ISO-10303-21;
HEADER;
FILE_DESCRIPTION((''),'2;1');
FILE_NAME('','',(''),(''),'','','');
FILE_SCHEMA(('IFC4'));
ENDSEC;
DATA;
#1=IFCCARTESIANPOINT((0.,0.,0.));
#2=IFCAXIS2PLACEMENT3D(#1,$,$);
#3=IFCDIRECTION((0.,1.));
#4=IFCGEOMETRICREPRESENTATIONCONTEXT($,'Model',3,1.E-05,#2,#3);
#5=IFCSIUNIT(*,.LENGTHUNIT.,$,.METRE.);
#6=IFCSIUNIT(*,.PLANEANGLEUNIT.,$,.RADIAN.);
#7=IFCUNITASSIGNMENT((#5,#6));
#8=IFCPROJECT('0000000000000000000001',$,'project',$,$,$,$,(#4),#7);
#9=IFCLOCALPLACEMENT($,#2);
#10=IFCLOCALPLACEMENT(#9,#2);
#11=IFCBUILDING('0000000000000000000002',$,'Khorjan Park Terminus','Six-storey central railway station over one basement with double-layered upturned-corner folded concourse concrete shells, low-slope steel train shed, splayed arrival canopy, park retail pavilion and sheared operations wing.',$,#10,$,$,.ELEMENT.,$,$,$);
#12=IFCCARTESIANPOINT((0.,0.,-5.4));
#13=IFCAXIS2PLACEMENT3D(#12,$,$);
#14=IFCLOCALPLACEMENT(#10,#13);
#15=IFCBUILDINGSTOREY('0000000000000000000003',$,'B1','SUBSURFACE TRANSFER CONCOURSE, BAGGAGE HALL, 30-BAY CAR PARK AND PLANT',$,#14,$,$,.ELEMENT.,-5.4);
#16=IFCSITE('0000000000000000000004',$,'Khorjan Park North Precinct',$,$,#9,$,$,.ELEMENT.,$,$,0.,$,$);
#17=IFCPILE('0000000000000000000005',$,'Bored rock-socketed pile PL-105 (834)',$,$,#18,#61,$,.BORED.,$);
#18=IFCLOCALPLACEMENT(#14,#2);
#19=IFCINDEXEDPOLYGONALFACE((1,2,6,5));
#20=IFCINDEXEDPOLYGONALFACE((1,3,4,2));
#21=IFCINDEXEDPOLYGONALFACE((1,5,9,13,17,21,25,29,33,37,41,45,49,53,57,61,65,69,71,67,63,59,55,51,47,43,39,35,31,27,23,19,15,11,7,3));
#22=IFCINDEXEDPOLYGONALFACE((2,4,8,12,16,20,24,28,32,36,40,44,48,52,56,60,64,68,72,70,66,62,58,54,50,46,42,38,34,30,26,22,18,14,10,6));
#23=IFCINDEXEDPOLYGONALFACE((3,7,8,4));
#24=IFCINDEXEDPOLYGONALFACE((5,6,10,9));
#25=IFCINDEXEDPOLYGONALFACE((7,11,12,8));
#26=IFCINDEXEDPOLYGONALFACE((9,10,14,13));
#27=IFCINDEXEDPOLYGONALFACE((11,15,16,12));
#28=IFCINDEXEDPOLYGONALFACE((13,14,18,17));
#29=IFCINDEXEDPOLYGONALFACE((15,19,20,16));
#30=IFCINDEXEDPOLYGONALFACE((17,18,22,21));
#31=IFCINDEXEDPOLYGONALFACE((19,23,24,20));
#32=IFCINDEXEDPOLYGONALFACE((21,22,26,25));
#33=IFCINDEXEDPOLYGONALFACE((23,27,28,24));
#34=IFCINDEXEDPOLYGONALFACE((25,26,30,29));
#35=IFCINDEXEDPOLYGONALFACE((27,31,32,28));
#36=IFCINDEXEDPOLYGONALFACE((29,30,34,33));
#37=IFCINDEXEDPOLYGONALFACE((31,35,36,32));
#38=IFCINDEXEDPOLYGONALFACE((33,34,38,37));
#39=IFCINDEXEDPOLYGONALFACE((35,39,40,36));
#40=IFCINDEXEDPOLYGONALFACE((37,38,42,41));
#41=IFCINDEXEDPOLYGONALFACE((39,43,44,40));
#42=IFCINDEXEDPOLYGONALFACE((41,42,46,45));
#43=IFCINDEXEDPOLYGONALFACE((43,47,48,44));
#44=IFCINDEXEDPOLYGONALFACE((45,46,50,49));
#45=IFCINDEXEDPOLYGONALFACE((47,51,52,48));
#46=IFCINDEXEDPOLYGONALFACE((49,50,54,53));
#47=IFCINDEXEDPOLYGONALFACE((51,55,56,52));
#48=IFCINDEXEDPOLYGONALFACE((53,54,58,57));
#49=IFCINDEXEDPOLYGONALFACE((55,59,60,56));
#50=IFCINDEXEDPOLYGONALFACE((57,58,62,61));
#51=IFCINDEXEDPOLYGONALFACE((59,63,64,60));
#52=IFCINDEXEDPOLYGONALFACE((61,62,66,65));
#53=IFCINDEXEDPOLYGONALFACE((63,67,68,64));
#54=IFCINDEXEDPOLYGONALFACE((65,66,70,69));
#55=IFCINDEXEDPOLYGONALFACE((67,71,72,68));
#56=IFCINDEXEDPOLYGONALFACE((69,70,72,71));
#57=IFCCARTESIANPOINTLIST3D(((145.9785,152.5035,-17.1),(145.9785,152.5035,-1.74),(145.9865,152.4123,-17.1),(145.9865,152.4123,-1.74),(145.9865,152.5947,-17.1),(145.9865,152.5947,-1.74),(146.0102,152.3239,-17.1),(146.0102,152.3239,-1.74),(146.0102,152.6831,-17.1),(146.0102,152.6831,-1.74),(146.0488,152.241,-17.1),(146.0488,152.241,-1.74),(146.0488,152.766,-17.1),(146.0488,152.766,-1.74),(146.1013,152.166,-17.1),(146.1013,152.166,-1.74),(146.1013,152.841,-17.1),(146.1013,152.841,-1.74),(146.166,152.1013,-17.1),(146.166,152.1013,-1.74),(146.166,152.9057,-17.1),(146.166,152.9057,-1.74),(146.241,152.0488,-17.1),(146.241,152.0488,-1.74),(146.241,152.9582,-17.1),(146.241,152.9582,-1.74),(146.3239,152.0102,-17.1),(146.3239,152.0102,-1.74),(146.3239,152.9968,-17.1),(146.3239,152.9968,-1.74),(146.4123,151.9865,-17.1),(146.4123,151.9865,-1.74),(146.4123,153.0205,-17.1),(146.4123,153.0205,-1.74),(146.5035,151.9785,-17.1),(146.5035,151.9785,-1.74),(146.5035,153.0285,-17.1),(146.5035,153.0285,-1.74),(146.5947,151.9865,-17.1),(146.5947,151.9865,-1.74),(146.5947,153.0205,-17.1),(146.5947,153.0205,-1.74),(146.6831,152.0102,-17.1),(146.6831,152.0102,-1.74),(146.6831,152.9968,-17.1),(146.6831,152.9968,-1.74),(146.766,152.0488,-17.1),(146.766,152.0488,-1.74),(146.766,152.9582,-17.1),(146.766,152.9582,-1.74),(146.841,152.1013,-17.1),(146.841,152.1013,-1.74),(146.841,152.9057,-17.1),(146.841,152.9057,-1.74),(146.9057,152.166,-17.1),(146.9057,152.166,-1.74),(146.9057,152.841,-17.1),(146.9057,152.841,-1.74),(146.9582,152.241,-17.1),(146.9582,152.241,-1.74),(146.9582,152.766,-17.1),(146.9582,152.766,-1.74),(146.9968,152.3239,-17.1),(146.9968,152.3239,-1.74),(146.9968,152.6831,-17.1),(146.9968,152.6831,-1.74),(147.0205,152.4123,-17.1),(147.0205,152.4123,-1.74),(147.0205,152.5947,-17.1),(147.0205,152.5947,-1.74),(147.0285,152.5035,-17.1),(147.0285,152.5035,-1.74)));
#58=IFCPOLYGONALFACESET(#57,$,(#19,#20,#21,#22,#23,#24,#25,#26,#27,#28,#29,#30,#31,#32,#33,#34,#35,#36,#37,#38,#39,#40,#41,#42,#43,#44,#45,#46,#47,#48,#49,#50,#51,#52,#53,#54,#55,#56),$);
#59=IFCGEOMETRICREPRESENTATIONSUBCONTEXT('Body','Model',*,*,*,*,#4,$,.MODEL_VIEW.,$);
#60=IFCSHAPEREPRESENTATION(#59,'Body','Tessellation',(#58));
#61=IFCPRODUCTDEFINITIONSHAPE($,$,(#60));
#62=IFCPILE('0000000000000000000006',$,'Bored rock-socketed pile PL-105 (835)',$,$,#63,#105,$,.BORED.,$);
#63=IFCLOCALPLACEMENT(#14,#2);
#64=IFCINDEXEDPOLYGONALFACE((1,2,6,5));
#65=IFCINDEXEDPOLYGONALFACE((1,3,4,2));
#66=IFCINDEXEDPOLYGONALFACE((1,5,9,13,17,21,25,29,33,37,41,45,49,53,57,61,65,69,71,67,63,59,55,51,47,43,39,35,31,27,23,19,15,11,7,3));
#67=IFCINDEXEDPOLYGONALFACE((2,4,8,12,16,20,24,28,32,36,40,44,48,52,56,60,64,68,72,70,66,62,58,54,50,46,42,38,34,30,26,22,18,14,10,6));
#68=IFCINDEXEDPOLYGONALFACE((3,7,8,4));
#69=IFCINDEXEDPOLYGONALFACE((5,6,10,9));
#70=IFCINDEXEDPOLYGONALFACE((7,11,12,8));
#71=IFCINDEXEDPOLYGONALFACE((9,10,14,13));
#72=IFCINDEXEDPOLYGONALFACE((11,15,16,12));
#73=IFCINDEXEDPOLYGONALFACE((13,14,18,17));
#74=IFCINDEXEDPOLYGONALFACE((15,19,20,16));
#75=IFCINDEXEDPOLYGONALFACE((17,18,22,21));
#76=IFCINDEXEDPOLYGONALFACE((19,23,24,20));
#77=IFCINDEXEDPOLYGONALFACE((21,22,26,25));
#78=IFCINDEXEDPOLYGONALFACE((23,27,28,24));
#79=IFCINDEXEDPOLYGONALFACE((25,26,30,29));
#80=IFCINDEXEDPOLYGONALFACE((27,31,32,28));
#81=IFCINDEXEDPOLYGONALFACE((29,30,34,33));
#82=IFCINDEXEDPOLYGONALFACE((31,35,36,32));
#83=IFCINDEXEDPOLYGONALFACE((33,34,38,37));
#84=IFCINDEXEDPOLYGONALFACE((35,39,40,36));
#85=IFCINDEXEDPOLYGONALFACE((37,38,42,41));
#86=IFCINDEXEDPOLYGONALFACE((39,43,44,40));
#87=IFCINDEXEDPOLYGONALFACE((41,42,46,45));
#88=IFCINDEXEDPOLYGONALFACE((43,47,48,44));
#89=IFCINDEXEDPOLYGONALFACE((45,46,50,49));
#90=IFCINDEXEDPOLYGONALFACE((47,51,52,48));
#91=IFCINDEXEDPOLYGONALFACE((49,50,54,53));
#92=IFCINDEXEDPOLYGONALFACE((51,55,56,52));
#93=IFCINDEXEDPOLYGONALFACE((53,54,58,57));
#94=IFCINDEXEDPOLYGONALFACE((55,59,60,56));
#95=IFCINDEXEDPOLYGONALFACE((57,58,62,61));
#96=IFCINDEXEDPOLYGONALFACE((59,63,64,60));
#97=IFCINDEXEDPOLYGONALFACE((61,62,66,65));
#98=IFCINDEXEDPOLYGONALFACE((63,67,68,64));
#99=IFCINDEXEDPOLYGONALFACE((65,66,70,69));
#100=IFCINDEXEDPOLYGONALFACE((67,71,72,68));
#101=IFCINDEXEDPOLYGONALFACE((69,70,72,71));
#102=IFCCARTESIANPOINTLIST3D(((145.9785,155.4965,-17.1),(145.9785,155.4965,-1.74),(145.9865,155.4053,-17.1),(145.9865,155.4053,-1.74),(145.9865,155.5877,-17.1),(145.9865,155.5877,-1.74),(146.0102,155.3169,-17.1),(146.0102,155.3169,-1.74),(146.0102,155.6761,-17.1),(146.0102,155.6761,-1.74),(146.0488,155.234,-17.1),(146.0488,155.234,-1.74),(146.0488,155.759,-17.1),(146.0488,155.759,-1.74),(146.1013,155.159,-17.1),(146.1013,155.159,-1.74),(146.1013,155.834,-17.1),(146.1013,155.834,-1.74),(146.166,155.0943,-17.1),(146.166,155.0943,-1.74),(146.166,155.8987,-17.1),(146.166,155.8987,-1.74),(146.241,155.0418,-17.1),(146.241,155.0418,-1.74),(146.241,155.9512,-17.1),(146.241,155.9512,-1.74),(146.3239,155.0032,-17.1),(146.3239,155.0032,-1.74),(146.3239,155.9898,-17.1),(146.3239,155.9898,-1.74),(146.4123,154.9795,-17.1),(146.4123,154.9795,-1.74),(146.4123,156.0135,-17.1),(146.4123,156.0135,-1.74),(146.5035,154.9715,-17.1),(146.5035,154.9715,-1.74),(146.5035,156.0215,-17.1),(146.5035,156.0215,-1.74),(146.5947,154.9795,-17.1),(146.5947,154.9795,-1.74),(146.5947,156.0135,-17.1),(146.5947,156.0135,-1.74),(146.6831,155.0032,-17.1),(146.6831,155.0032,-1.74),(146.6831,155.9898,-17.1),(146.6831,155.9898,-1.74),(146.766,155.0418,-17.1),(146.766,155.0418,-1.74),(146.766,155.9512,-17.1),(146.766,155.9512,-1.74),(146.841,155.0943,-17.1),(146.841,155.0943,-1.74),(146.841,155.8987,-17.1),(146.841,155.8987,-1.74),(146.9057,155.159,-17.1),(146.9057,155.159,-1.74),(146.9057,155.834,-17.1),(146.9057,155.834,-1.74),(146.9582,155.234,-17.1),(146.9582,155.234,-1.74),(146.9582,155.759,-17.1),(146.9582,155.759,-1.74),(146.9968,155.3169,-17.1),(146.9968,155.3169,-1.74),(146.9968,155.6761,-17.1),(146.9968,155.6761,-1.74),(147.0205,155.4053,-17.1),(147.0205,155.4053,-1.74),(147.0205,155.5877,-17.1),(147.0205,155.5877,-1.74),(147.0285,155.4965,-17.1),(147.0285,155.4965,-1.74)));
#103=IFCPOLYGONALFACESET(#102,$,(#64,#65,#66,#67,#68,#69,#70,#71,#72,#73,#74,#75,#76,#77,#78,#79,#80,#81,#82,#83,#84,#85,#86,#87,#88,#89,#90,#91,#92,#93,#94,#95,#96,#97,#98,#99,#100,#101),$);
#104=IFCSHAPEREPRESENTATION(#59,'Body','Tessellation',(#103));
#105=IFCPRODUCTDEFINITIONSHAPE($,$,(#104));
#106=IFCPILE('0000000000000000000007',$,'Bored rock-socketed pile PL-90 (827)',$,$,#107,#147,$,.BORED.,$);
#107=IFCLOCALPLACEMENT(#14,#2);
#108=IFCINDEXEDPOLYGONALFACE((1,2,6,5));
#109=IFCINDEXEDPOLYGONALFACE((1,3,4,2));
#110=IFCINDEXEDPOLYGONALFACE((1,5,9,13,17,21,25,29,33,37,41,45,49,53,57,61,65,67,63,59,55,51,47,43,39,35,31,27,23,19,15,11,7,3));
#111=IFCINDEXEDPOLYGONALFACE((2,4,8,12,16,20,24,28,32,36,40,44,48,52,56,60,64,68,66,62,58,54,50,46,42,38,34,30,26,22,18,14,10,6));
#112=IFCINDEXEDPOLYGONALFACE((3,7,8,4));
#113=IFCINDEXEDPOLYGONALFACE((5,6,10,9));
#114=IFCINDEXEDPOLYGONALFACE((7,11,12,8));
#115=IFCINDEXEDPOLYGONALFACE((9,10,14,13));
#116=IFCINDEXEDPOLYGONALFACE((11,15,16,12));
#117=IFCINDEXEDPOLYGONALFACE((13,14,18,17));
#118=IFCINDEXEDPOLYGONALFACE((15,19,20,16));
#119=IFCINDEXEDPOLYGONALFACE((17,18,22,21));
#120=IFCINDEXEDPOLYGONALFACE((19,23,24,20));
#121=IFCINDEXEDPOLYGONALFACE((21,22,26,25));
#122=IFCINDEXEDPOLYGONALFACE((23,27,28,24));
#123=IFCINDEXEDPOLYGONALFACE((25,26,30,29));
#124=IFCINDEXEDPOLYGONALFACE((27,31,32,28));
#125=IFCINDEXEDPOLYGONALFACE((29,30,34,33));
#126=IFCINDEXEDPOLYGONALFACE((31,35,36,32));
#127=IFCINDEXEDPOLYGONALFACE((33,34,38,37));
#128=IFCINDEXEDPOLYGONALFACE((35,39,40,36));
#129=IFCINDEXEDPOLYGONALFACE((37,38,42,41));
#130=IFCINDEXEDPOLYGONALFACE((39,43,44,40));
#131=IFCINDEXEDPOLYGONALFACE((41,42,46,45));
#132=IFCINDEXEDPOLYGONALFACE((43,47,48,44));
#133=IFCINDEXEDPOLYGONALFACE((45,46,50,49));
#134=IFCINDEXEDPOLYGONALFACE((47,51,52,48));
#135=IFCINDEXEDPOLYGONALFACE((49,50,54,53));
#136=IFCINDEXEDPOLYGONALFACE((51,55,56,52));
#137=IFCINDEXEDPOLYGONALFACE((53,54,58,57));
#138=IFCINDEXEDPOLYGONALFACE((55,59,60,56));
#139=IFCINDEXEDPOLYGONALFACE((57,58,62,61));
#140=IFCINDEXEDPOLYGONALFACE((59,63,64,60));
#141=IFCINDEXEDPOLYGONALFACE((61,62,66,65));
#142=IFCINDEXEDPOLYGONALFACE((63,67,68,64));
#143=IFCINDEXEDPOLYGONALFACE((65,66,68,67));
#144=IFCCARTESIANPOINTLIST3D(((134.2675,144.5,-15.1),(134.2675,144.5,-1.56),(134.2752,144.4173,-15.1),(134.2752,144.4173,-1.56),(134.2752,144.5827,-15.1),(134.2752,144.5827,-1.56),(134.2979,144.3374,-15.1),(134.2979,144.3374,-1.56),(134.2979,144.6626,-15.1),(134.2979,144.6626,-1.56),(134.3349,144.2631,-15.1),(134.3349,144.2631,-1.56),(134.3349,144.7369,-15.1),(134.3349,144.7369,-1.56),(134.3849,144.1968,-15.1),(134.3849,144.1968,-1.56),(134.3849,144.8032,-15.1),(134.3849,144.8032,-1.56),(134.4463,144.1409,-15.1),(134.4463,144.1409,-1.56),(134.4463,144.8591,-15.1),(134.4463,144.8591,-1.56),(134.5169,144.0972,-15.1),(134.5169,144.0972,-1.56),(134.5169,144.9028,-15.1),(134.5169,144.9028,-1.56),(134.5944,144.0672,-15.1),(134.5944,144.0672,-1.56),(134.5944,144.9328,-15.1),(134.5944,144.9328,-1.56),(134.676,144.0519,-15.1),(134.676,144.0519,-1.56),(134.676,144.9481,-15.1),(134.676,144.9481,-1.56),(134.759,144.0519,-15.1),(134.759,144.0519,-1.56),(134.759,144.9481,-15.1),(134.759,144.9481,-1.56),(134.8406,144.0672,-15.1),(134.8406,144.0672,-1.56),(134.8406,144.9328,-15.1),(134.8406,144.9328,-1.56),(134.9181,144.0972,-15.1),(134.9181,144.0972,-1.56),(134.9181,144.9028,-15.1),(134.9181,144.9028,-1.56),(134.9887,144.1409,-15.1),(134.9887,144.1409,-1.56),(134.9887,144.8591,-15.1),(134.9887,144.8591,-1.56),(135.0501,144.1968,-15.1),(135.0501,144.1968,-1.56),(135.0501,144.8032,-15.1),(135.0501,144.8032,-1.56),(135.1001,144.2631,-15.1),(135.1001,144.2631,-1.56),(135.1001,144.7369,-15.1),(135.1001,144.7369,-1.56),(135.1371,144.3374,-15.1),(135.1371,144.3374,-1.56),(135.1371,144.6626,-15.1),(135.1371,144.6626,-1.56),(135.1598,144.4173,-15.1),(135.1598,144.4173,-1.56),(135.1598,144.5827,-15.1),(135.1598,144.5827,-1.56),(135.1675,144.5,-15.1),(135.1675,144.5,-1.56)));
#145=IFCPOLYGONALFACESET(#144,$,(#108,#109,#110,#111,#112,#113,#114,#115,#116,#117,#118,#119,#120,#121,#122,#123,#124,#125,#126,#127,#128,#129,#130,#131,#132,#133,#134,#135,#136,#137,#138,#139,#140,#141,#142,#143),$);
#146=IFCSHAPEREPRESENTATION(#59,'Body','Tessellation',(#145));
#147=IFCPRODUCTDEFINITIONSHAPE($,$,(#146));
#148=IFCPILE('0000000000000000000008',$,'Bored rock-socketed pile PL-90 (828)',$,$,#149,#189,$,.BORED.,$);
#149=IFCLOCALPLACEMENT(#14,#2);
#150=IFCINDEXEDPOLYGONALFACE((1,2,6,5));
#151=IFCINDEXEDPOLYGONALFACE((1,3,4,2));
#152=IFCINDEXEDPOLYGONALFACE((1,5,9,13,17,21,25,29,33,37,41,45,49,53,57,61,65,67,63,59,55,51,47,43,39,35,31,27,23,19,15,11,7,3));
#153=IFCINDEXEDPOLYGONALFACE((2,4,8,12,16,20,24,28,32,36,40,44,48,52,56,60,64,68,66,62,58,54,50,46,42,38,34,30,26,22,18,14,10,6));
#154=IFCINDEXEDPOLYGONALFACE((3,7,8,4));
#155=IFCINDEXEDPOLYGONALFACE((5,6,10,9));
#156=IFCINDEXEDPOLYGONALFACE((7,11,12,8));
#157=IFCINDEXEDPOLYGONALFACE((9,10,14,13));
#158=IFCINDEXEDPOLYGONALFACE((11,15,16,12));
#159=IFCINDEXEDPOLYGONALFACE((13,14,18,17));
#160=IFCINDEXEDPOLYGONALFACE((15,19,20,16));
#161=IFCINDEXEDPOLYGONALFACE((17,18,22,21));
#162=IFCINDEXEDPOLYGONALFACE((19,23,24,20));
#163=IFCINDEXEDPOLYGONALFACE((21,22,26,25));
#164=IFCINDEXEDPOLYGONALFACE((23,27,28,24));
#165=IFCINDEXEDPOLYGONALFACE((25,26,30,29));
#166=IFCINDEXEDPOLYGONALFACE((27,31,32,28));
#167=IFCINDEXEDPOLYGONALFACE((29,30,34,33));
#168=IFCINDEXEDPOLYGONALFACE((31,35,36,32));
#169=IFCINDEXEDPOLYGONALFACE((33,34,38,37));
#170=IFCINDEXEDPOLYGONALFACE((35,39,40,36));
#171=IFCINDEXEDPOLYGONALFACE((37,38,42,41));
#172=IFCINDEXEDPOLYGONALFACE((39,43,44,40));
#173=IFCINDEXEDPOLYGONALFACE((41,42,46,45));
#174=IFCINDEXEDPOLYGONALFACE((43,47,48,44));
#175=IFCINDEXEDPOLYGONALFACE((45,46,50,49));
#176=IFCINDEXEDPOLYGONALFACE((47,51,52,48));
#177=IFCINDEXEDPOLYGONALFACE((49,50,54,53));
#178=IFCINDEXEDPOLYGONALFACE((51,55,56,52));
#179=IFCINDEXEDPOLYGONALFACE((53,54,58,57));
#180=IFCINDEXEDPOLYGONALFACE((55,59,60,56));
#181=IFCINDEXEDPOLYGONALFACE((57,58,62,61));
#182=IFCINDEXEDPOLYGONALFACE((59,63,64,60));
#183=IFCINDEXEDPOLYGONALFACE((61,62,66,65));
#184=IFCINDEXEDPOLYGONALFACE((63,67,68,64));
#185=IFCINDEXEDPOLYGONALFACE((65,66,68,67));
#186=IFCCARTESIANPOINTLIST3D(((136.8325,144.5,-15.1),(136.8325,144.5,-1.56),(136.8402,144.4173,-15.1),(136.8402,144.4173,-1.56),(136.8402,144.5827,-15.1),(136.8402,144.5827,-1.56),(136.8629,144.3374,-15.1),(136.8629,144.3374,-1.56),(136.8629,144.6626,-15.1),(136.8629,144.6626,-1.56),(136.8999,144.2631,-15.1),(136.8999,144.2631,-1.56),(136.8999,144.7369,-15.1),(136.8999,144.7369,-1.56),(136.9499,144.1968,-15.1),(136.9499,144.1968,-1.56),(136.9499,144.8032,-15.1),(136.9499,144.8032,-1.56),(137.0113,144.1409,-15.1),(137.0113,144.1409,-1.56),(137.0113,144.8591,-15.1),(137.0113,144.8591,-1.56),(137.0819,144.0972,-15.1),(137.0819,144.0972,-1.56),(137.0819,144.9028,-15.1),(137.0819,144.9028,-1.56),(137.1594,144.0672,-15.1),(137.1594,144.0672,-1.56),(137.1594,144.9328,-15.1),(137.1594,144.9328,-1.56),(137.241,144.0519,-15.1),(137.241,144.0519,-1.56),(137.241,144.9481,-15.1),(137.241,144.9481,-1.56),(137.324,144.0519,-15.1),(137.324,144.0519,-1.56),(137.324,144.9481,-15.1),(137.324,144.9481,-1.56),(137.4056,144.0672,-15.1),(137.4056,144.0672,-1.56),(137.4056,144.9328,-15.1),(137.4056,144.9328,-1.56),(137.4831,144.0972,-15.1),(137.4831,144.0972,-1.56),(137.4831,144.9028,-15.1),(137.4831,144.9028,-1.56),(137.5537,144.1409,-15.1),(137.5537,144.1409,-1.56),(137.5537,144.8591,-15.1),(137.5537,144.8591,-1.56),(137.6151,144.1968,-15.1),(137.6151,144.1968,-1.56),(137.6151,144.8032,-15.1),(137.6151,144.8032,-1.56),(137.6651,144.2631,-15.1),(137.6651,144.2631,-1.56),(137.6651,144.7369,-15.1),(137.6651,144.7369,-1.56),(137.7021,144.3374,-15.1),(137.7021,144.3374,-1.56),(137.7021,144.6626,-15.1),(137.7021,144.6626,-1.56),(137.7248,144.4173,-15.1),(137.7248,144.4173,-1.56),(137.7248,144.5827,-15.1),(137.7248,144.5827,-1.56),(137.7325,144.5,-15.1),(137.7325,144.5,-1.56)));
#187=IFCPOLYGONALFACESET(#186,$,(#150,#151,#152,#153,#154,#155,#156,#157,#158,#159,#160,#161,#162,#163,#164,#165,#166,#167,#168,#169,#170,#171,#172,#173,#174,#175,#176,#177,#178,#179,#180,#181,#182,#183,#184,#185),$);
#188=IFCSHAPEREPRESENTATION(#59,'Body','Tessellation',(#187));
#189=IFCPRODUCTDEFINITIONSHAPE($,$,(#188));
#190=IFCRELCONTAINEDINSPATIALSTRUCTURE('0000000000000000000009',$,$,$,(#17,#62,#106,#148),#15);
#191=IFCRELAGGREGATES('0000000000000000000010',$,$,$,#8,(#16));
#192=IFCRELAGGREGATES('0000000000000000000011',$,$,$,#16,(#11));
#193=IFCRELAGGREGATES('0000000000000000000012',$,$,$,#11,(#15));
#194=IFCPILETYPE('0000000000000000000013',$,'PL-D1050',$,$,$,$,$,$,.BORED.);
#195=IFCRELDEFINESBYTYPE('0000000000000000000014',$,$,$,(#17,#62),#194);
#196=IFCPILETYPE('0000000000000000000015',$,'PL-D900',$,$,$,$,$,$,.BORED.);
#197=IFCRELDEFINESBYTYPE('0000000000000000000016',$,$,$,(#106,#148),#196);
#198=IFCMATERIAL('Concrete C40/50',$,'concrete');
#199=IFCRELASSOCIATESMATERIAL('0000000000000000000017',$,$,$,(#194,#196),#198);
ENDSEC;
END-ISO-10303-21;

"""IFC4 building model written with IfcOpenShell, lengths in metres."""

from ifc_helpers import new_model, si_unit, direction, frame, origin, origin_2d, place, context, subcontext, project, spatial, circle, extrude, material, material_profile, profile_set, type_object, element, save


model = new_model("IFC4")

# Units and contexts
model_context = context("Model", 3, precision=1e-05, world=origin(), true_north=direction((0.0, 1.0)))
body_context = subcontext(model_context, "Body", "Model", "MODEL_VIEW")
ifc_project = project(units=[si_unit("LENGTHUNIT", "METRE"), si_unit("PLANEANGLEUNIT", "RADIAN")], contexts=[model_context])

# Site, building, storey
site_placement = place(None, origin())
site = spatial("IfcSite", under=ifc_project, at=site_placement, Name="Khorjan Park North Precinct", CompositionType="ELEMENT", RefElevation=0.0)
building_placement = place(site_placement, origin())
building = spatial("IfcBuilding", under=site, at=building_placement, Name="Khorjan Park Terminus", Description="Six-storey central railway station over one basement with double-layered upturned-corner folded concourse concrete shells, low-slope steel train shed, splayed arrival canopy, park retail pavilion and sheared operations wing.", CompositionType="ELEMENT")
storey_placement = place(building_placement, frame((0.0, 0.0, -5.4)))
storey = spatial("IfcBuildingStorey", under=building, at=storey_placement, Name="B1", Description="SUBSURFACE TRANSFER CONCOURSE, BAGGAGE HALL, 30-BAY CAR PARK AND PLANT", CompositionType="ELEMENT", Elevation=-5.4)

# Shared definitions
ifc_material_1 = material(Name="Concrete C40/50", Category="concrete")

# Piles
ifc_material_profile_1 = material_profile(ifc_material_1, circle(Radius=0.525, at=origin_2d()), Name="BORED D1050")
ifc_profile_set_1 = profile_set([ifc_material_profile_1], Name="Concrete C40/50")
pile_type_1 = type_object("IfcPileType", Name="PL-D1050", PredefinedType="BORED", material=ifc_profile_set_1)
for number, where, z_axis, x_axis, name in (
    (1, (146.5035, 152.5035, -1.74), (0.0, 0.0, -1.0), (1.0, 0.0, 0.0), "Bored rock-socketed pile PL-105 (834)"),
    (2, (146.5035, 155.4965, -1.74), (0.0, 0.0, -1.0), (1.0, 0.0, 0.0), "Bored rock-socketed pile PL-105 (835)"),
):
    element("IfcPile", number, at=place(storey_placement, frame(where, z_axis=z_axis, x_axis=x_axis)), inside=storey, type_object=pile_type_1, Name=name, PredefinedType="BORED", context=body_context, shape_type="SweptSolid", body=[
        extrude(circle(Radius=0.525, at=origin_2d()), origin(), (0.0, 0.0, 1.0), 15.36),
    ])
ifc_material_profile_2 = material_profile(ifc_material_1, circle(Radius=0.45, at=origin_2d()), Name="BORED D900")
ifc_profile_set_2 = profile_set([ifc_material_profile_2], Name="Concrete C40/50")
pile_type_2 = type_object("IfcPileType", Name="PL-D900", PredefinedType="BORED", material=ifc_profile_set_2)
for number, where, z_axis, x_axis, name in (
    (3, (134.7175, 144.5, -1.56), (0.0, 0.0, -1.0), (1.0, 0.0, 0.0), "Bored rock-socketed pile PL-90 (827)"),
    (4, (137.2825, 144.5, -1.56), (0.0, 0.0, -1.0), (1.0, 0.0, 0.0), "Bored rock-socketed pile PL-90 (828)"),
):
    element("IfcPile", number, at=place(storey_placement, frame(where, z_axis=z_axis, x_axis=x_axis)), inside=storey, type_object=pile_type_2, Name=name, PredefinedType="BORED", context=body_context, shape_type="SweptSolid", body=[
        extrude(circle(Radius=0.45, at=origin_2d()), origin(), (0.0, 0.0, 1.0), 13.54),
    ])

save(model, "model.ifc")
